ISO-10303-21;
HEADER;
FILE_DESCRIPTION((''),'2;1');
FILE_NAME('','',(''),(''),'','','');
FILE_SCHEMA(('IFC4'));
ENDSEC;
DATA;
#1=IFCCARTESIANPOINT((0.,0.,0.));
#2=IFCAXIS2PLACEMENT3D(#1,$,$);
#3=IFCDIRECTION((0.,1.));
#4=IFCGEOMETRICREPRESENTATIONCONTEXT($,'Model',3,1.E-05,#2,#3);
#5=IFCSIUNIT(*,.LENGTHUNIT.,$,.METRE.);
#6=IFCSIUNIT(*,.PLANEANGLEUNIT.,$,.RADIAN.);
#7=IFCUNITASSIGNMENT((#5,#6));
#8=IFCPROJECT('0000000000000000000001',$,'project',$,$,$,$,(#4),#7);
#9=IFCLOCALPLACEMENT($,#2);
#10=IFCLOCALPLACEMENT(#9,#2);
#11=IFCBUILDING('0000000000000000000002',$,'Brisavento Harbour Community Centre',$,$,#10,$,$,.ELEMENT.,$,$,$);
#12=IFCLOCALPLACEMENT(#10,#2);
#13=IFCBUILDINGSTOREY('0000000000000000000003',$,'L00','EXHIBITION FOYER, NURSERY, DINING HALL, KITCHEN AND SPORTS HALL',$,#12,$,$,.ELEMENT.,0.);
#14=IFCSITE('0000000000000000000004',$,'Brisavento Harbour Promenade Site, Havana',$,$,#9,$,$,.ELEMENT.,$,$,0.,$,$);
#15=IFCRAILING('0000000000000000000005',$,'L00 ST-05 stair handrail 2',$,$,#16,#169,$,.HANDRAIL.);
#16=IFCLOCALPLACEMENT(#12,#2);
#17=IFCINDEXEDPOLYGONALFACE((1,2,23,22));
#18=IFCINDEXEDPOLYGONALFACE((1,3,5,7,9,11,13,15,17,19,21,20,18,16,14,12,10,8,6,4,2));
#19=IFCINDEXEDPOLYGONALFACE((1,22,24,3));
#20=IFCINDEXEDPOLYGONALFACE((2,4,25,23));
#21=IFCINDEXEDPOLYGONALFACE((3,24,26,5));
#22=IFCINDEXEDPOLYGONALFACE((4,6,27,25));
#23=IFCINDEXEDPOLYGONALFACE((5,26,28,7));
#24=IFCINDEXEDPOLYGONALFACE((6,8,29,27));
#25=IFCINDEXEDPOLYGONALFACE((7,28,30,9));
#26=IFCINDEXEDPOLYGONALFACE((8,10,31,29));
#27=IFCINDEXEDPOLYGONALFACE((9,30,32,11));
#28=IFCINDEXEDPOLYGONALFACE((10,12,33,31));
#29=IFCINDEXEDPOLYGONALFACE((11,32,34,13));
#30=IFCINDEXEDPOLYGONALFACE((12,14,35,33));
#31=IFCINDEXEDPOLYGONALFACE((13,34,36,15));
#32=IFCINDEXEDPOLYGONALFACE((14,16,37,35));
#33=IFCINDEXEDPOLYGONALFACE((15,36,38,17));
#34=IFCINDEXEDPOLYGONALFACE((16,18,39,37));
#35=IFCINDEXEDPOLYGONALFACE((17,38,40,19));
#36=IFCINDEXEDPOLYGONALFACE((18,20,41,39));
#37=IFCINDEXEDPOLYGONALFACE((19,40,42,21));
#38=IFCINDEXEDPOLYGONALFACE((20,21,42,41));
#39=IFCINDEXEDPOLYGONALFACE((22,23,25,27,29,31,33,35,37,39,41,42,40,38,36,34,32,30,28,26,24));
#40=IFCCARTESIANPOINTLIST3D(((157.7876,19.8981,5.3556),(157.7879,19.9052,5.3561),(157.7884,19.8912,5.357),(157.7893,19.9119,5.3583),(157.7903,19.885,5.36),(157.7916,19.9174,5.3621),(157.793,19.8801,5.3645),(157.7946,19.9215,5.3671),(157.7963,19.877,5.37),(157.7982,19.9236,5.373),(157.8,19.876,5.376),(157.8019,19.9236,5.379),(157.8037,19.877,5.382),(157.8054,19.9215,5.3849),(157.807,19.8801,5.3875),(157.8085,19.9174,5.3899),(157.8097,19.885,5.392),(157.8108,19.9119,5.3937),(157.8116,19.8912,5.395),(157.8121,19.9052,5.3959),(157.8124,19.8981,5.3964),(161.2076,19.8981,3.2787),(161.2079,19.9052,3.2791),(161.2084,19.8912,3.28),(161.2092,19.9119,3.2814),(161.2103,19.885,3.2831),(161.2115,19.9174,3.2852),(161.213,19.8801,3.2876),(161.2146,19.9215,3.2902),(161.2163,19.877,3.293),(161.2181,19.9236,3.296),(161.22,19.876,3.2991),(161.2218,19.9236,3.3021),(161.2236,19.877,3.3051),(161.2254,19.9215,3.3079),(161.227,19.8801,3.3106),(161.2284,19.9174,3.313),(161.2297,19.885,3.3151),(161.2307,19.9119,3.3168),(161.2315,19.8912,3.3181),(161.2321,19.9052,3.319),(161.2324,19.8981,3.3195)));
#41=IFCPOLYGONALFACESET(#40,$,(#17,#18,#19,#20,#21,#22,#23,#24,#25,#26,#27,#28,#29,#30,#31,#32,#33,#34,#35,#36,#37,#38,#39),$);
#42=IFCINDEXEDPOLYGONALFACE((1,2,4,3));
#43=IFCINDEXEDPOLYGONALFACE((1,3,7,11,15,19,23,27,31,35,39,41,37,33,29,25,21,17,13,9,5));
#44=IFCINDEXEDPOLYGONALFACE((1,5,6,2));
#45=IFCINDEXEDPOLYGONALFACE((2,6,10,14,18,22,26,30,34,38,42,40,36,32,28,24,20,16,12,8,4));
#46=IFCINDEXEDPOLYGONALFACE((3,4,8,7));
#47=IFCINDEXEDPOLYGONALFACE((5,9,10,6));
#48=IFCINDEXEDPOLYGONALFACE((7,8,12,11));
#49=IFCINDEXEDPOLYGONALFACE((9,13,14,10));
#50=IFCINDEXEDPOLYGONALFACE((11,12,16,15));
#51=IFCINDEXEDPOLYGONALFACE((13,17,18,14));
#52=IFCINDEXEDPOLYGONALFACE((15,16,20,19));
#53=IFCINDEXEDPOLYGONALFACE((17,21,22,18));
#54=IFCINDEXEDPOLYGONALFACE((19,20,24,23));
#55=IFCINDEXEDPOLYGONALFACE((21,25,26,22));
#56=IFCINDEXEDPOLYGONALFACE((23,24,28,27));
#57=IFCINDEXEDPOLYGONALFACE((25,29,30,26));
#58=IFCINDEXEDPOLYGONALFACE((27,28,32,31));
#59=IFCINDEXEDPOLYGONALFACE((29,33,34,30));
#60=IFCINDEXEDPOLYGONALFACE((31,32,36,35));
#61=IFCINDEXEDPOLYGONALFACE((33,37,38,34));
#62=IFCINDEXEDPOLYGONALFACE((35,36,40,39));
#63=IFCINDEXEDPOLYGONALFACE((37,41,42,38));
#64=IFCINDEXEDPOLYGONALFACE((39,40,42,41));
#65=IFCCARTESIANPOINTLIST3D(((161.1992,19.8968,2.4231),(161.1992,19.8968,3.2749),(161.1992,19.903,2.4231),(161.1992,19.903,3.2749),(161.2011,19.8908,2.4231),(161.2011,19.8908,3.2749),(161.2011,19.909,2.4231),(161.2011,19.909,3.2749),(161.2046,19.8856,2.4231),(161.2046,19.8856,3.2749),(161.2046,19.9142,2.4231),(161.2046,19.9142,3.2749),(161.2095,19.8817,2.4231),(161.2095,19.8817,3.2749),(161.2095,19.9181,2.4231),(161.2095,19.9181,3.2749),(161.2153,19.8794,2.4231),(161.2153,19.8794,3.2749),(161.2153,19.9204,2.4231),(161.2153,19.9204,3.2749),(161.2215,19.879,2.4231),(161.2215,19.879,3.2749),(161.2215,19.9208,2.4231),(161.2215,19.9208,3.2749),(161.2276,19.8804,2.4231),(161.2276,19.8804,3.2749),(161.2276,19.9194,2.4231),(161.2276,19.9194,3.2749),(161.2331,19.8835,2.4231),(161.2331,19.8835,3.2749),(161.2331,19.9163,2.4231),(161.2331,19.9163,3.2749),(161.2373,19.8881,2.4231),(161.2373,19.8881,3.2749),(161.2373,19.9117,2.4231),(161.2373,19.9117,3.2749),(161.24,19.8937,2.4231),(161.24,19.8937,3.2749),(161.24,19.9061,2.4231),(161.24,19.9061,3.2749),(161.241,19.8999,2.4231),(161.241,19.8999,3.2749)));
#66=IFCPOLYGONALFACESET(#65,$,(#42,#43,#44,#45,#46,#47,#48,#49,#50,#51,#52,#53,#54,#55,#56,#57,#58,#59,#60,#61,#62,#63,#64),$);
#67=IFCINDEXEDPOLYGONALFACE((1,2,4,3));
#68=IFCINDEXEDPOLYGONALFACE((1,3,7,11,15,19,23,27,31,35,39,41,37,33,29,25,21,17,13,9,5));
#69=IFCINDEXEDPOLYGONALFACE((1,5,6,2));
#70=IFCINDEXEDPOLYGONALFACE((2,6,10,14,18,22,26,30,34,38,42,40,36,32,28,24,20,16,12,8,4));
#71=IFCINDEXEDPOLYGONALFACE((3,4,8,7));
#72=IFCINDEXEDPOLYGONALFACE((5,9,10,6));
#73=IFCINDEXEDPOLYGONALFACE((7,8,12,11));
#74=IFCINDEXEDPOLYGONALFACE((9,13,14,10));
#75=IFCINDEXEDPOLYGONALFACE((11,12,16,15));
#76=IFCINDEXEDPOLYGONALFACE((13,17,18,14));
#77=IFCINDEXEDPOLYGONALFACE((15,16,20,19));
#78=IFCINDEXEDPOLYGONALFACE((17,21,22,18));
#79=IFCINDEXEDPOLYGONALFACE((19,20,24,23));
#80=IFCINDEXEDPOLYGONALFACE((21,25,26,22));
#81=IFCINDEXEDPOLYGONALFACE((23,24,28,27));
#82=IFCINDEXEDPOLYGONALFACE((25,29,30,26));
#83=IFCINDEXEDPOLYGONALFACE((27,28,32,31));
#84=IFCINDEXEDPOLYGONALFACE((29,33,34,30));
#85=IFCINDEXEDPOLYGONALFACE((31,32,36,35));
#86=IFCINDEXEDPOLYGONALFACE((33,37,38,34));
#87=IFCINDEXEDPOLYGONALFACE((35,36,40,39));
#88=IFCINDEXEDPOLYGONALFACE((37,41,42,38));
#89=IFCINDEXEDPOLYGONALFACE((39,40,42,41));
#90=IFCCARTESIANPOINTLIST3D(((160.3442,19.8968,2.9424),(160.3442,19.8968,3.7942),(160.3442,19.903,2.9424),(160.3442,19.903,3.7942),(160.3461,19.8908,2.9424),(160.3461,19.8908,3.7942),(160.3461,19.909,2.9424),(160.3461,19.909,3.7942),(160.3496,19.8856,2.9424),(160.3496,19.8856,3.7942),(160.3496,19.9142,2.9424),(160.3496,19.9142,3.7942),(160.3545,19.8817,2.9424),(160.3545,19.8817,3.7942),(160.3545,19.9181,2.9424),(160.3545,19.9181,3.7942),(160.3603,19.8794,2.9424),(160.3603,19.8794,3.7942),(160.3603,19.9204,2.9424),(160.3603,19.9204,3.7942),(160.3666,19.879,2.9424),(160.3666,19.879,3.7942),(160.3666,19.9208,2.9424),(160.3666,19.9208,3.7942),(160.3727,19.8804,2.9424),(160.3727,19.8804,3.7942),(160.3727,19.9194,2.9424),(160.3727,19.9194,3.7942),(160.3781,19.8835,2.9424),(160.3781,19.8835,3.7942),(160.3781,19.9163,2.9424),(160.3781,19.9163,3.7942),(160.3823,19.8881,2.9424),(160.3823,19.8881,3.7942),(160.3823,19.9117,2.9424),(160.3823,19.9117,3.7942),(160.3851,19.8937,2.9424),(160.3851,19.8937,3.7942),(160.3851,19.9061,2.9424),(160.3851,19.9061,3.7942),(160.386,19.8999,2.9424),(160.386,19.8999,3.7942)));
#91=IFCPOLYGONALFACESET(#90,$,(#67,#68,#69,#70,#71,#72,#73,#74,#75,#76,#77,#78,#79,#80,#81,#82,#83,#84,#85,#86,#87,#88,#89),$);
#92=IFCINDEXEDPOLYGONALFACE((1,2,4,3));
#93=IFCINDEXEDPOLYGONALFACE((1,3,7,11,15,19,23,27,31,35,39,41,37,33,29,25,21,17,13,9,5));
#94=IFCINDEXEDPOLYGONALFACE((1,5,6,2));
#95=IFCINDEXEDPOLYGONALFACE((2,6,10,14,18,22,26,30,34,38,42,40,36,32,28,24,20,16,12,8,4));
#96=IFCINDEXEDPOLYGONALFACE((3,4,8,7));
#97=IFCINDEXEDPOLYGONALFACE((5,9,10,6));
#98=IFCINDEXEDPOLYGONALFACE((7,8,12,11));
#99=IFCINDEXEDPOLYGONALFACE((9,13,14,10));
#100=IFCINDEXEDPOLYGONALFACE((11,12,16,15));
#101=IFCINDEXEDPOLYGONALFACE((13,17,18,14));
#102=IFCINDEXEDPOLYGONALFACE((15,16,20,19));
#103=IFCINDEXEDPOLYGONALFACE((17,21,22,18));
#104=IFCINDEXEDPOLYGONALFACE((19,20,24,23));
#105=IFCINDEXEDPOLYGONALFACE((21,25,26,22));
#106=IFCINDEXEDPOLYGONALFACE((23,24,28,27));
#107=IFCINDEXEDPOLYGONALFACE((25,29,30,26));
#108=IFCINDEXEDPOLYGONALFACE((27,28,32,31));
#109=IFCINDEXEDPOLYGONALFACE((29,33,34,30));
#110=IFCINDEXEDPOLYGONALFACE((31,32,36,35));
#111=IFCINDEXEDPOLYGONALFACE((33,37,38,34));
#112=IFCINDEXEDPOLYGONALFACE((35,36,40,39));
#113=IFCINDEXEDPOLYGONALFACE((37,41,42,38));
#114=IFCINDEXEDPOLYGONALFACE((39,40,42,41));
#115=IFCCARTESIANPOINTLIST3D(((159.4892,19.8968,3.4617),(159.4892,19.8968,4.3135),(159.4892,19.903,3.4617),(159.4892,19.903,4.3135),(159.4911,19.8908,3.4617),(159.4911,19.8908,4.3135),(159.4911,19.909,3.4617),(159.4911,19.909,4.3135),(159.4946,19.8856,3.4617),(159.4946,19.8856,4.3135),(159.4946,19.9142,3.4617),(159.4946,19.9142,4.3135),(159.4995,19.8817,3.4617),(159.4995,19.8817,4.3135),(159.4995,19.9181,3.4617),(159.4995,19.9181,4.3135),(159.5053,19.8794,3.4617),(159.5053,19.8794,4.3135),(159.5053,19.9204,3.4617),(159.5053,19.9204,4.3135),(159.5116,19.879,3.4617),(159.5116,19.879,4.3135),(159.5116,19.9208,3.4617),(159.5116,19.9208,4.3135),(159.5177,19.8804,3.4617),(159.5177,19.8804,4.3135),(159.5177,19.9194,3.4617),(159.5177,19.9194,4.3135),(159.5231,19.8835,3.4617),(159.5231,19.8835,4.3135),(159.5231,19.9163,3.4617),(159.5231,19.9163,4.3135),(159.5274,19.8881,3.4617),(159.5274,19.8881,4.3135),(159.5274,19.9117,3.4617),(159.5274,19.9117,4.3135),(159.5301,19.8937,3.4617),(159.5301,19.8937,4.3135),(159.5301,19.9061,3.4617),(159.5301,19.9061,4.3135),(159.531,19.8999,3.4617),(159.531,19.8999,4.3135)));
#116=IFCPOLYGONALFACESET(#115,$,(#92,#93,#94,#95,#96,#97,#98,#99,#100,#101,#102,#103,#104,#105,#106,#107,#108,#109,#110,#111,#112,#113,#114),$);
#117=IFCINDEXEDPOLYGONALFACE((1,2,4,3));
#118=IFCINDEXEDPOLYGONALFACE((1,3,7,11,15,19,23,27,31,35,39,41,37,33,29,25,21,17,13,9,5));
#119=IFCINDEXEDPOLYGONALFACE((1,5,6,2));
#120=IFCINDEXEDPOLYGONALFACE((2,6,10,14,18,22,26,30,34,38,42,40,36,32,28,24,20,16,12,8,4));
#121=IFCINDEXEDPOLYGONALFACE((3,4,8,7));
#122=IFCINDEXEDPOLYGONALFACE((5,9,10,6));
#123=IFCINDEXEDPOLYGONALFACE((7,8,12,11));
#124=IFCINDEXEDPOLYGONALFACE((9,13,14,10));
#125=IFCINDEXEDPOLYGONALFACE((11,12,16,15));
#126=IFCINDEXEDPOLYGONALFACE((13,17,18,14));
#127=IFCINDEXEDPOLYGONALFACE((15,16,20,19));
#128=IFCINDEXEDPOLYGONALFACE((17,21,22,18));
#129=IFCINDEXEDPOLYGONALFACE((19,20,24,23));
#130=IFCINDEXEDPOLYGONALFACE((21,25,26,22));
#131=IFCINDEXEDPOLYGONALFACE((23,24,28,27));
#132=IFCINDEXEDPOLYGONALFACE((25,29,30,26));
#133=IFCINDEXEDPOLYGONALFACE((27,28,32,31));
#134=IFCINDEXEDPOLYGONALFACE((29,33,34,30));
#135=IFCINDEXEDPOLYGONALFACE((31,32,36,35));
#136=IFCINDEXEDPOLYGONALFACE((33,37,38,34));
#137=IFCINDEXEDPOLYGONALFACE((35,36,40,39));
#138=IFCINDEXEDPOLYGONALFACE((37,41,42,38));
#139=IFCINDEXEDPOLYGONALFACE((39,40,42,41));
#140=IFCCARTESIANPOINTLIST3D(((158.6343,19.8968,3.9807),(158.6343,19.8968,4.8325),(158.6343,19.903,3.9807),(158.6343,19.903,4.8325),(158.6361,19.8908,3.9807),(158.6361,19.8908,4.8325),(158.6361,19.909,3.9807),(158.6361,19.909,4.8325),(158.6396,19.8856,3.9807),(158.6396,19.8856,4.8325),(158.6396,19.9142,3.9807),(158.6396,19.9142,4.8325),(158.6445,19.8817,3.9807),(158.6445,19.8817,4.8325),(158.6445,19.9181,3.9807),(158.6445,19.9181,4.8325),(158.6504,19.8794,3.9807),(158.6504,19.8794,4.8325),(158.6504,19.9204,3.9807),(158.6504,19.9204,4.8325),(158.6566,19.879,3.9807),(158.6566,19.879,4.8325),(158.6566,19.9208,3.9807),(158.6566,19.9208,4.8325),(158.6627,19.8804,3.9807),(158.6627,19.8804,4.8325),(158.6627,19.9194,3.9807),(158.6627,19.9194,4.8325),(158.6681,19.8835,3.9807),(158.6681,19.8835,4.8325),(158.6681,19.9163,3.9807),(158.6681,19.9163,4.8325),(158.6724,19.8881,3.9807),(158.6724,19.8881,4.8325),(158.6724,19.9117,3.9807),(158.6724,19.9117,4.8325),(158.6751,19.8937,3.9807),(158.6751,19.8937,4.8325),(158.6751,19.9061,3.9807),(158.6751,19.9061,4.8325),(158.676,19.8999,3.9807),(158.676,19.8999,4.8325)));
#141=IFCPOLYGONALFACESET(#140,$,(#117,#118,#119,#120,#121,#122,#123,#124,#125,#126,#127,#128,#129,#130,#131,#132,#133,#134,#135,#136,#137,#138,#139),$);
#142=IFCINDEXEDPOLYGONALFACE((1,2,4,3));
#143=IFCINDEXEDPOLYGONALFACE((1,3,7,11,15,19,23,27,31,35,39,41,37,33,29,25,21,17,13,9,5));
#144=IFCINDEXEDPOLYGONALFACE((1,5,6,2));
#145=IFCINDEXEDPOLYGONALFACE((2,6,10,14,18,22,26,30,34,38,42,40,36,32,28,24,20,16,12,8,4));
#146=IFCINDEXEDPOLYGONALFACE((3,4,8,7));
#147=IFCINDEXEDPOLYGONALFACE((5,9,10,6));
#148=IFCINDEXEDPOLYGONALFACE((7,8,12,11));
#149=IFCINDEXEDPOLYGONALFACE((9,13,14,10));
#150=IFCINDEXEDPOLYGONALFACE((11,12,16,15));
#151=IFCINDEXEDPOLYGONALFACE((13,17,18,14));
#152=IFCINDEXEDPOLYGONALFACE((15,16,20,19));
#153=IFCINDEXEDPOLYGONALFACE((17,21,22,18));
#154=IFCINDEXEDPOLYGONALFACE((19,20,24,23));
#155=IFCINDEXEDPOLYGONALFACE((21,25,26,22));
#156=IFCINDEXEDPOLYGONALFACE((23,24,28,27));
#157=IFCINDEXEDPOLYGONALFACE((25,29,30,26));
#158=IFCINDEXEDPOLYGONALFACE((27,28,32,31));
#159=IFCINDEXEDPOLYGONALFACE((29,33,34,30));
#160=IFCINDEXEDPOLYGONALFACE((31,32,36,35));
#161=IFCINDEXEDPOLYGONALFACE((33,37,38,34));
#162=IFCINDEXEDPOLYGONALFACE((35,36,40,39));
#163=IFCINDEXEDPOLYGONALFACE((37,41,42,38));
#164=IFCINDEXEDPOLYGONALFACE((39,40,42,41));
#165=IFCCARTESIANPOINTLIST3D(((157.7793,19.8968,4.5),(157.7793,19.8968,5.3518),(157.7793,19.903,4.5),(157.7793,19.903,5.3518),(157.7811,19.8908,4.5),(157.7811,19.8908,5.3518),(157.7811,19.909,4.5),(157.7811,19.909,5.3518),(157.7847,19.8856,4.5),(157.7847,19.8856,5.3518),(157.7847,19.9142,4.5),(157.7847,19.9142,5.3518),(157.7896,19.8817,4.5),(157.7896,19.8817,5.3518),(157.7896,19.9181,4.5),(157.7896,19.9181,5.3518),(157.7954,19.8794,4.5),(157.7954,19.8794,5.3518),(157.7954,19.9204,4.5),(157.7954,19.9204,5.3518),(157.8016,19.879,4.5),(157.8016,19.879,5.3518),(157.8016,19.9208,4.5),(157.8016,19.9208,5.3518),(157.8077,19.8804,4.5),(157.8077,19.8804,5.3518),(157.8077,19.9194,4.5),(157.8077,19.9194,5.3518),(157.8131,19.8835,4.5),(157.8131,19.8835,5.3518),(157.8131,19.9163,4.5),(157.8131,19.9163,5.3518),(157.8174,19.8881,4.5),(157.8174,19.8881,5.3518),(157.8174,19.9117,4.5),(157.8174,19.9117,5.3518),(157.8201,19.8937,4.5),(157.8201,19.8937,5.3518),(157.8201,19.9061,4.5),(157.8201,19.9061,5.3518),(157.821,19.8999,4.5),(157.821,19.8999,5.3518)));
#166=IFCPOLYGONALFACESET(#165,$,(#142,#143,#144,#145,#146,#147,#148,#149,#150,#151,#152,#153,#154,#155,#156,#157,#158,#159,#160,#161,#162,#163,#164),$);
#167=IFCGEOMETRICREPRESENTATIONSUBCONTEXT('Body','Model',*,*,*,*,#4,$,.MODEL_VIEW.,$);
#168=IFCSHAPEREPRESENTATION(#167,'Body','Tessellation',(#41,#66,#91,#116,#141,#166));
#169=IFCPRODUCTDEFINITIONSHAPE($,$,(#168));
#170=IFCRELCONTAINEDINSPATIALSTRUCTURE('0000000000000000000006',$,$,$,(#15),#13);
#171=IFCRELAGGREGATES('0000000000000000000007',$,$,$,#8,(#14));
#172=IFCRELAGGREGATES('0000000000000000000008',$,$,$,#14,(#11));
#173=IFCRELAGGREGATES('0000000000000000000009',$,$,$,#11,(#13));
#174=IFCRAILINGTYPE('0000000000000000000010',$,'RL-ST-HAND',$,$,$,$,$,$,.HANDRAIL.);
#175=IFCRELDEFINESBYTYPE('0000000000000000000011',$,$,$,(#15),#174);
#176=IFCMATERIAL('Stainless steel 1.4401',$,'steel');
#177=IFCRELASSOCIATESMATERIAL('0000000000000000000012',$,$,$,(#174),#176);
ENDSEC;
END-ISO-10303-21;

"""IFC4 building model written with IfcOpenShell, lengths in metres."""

from ifc_helpers import new_model, si_unit, direction, frame, origin, origin_2d, place, context, subcontext, project, spatial, circle, extrude, material, type_object, element, save


model = new_model("IFC4")

# Units and contexts
model_context = context("Model", 3, precision=1e-05, world=origin(), true_north=direction((0.0, 1.0)))
body_context = subcontext(model_context, "Body", "Model", "MODEL_VIEW")
ifc_project = project(units=[si_unit("LENGTHUNIT", "METRE"), si_unit("PLANEANGLEUNIT", "RADIAN")], contexts=[model_context])

# Site, building, storey
site_placement = place(None, origin())
site = spatial("IfcSite", under=ifc_project, at=site_placement, Name="Brisavento Harbour Promenade Site, Havana", CompositionType="ELEMENT", RefElevation=0.0)
building_placement = place(site_placement, origin())
building = spatial("IfcBuilding", under=site, at=building_placement, Name="Brisavento Harbour Community Centre", CompositionType="ELEMENT")
storey_placement = place(building_placement, origin())
storey = spatial("IfcBuildingStorey", under=building, at=storey_placement, Name="L00", Description="EXHIBITION FOYER, NURSERY, DINING HALL, KITCHEN AND SPORTS HALL", CompositionType="ELEMENT", Elevation=0.0)

# Railing
ifc_material_1 = material(Name="Stainless steel 1.4401", Category="steel")
railing_type_1 = type_object("IfcRailingType", Name="RL-ST-HAND", PredefinedType="HANDRAIL", material=ifc_material_1)
railing_1_placement = place(storey_placement, frame((161.22, 19.8999, 2.4231)))
element("IfcRailing", 1, at=railing_1_placement, inside=storey, type_object=railing_type_1, Name="L00 ST-05 stair handrail 2", PredefinedType="HANDRAIL", context=body_context, shape_type="SweptSolid", body=[
    extrude(circle(Radius=0.0239, at=origin_2d()), frame((0.0, 0.0, 0.876), z_axis=(-0.85473, 0.0, 0.519074), x_axis=(0.0, -1.0, 0.0)), (0.0, 0.0, 1.0), 4.0012),
    extrude(circle(Radius=0.021, at=origin_2d()), origin(), (0.0, 0.0, 1.0), 0.8518),
    extrude(circle(Radius=0.021, at=origin_2d()), frame((-0.855, 0.0, 0.5193)), (0.0, 0.0, 1.0), 0.8518),
    extrude(circle(Radius=0.021, at=origin_2d()), frame((-1.71, 0.0, 1.0386)), (0.0, 0.0, 1.0), 0.8518),
    extrude(circle(Radius=0.021, at=origin_2d()), frame((-2.5649, 0.0, 1.5576)), (0.0, 0.0, 1.0), 0.8518),
    extrude(circle(Radius=0.021, at=origin_2d()), frame((-3.4199, 0.0, 2.0769)), (0.0, 0.0, 1.0), 0.8518),
])

save(model, "model.ifc")
